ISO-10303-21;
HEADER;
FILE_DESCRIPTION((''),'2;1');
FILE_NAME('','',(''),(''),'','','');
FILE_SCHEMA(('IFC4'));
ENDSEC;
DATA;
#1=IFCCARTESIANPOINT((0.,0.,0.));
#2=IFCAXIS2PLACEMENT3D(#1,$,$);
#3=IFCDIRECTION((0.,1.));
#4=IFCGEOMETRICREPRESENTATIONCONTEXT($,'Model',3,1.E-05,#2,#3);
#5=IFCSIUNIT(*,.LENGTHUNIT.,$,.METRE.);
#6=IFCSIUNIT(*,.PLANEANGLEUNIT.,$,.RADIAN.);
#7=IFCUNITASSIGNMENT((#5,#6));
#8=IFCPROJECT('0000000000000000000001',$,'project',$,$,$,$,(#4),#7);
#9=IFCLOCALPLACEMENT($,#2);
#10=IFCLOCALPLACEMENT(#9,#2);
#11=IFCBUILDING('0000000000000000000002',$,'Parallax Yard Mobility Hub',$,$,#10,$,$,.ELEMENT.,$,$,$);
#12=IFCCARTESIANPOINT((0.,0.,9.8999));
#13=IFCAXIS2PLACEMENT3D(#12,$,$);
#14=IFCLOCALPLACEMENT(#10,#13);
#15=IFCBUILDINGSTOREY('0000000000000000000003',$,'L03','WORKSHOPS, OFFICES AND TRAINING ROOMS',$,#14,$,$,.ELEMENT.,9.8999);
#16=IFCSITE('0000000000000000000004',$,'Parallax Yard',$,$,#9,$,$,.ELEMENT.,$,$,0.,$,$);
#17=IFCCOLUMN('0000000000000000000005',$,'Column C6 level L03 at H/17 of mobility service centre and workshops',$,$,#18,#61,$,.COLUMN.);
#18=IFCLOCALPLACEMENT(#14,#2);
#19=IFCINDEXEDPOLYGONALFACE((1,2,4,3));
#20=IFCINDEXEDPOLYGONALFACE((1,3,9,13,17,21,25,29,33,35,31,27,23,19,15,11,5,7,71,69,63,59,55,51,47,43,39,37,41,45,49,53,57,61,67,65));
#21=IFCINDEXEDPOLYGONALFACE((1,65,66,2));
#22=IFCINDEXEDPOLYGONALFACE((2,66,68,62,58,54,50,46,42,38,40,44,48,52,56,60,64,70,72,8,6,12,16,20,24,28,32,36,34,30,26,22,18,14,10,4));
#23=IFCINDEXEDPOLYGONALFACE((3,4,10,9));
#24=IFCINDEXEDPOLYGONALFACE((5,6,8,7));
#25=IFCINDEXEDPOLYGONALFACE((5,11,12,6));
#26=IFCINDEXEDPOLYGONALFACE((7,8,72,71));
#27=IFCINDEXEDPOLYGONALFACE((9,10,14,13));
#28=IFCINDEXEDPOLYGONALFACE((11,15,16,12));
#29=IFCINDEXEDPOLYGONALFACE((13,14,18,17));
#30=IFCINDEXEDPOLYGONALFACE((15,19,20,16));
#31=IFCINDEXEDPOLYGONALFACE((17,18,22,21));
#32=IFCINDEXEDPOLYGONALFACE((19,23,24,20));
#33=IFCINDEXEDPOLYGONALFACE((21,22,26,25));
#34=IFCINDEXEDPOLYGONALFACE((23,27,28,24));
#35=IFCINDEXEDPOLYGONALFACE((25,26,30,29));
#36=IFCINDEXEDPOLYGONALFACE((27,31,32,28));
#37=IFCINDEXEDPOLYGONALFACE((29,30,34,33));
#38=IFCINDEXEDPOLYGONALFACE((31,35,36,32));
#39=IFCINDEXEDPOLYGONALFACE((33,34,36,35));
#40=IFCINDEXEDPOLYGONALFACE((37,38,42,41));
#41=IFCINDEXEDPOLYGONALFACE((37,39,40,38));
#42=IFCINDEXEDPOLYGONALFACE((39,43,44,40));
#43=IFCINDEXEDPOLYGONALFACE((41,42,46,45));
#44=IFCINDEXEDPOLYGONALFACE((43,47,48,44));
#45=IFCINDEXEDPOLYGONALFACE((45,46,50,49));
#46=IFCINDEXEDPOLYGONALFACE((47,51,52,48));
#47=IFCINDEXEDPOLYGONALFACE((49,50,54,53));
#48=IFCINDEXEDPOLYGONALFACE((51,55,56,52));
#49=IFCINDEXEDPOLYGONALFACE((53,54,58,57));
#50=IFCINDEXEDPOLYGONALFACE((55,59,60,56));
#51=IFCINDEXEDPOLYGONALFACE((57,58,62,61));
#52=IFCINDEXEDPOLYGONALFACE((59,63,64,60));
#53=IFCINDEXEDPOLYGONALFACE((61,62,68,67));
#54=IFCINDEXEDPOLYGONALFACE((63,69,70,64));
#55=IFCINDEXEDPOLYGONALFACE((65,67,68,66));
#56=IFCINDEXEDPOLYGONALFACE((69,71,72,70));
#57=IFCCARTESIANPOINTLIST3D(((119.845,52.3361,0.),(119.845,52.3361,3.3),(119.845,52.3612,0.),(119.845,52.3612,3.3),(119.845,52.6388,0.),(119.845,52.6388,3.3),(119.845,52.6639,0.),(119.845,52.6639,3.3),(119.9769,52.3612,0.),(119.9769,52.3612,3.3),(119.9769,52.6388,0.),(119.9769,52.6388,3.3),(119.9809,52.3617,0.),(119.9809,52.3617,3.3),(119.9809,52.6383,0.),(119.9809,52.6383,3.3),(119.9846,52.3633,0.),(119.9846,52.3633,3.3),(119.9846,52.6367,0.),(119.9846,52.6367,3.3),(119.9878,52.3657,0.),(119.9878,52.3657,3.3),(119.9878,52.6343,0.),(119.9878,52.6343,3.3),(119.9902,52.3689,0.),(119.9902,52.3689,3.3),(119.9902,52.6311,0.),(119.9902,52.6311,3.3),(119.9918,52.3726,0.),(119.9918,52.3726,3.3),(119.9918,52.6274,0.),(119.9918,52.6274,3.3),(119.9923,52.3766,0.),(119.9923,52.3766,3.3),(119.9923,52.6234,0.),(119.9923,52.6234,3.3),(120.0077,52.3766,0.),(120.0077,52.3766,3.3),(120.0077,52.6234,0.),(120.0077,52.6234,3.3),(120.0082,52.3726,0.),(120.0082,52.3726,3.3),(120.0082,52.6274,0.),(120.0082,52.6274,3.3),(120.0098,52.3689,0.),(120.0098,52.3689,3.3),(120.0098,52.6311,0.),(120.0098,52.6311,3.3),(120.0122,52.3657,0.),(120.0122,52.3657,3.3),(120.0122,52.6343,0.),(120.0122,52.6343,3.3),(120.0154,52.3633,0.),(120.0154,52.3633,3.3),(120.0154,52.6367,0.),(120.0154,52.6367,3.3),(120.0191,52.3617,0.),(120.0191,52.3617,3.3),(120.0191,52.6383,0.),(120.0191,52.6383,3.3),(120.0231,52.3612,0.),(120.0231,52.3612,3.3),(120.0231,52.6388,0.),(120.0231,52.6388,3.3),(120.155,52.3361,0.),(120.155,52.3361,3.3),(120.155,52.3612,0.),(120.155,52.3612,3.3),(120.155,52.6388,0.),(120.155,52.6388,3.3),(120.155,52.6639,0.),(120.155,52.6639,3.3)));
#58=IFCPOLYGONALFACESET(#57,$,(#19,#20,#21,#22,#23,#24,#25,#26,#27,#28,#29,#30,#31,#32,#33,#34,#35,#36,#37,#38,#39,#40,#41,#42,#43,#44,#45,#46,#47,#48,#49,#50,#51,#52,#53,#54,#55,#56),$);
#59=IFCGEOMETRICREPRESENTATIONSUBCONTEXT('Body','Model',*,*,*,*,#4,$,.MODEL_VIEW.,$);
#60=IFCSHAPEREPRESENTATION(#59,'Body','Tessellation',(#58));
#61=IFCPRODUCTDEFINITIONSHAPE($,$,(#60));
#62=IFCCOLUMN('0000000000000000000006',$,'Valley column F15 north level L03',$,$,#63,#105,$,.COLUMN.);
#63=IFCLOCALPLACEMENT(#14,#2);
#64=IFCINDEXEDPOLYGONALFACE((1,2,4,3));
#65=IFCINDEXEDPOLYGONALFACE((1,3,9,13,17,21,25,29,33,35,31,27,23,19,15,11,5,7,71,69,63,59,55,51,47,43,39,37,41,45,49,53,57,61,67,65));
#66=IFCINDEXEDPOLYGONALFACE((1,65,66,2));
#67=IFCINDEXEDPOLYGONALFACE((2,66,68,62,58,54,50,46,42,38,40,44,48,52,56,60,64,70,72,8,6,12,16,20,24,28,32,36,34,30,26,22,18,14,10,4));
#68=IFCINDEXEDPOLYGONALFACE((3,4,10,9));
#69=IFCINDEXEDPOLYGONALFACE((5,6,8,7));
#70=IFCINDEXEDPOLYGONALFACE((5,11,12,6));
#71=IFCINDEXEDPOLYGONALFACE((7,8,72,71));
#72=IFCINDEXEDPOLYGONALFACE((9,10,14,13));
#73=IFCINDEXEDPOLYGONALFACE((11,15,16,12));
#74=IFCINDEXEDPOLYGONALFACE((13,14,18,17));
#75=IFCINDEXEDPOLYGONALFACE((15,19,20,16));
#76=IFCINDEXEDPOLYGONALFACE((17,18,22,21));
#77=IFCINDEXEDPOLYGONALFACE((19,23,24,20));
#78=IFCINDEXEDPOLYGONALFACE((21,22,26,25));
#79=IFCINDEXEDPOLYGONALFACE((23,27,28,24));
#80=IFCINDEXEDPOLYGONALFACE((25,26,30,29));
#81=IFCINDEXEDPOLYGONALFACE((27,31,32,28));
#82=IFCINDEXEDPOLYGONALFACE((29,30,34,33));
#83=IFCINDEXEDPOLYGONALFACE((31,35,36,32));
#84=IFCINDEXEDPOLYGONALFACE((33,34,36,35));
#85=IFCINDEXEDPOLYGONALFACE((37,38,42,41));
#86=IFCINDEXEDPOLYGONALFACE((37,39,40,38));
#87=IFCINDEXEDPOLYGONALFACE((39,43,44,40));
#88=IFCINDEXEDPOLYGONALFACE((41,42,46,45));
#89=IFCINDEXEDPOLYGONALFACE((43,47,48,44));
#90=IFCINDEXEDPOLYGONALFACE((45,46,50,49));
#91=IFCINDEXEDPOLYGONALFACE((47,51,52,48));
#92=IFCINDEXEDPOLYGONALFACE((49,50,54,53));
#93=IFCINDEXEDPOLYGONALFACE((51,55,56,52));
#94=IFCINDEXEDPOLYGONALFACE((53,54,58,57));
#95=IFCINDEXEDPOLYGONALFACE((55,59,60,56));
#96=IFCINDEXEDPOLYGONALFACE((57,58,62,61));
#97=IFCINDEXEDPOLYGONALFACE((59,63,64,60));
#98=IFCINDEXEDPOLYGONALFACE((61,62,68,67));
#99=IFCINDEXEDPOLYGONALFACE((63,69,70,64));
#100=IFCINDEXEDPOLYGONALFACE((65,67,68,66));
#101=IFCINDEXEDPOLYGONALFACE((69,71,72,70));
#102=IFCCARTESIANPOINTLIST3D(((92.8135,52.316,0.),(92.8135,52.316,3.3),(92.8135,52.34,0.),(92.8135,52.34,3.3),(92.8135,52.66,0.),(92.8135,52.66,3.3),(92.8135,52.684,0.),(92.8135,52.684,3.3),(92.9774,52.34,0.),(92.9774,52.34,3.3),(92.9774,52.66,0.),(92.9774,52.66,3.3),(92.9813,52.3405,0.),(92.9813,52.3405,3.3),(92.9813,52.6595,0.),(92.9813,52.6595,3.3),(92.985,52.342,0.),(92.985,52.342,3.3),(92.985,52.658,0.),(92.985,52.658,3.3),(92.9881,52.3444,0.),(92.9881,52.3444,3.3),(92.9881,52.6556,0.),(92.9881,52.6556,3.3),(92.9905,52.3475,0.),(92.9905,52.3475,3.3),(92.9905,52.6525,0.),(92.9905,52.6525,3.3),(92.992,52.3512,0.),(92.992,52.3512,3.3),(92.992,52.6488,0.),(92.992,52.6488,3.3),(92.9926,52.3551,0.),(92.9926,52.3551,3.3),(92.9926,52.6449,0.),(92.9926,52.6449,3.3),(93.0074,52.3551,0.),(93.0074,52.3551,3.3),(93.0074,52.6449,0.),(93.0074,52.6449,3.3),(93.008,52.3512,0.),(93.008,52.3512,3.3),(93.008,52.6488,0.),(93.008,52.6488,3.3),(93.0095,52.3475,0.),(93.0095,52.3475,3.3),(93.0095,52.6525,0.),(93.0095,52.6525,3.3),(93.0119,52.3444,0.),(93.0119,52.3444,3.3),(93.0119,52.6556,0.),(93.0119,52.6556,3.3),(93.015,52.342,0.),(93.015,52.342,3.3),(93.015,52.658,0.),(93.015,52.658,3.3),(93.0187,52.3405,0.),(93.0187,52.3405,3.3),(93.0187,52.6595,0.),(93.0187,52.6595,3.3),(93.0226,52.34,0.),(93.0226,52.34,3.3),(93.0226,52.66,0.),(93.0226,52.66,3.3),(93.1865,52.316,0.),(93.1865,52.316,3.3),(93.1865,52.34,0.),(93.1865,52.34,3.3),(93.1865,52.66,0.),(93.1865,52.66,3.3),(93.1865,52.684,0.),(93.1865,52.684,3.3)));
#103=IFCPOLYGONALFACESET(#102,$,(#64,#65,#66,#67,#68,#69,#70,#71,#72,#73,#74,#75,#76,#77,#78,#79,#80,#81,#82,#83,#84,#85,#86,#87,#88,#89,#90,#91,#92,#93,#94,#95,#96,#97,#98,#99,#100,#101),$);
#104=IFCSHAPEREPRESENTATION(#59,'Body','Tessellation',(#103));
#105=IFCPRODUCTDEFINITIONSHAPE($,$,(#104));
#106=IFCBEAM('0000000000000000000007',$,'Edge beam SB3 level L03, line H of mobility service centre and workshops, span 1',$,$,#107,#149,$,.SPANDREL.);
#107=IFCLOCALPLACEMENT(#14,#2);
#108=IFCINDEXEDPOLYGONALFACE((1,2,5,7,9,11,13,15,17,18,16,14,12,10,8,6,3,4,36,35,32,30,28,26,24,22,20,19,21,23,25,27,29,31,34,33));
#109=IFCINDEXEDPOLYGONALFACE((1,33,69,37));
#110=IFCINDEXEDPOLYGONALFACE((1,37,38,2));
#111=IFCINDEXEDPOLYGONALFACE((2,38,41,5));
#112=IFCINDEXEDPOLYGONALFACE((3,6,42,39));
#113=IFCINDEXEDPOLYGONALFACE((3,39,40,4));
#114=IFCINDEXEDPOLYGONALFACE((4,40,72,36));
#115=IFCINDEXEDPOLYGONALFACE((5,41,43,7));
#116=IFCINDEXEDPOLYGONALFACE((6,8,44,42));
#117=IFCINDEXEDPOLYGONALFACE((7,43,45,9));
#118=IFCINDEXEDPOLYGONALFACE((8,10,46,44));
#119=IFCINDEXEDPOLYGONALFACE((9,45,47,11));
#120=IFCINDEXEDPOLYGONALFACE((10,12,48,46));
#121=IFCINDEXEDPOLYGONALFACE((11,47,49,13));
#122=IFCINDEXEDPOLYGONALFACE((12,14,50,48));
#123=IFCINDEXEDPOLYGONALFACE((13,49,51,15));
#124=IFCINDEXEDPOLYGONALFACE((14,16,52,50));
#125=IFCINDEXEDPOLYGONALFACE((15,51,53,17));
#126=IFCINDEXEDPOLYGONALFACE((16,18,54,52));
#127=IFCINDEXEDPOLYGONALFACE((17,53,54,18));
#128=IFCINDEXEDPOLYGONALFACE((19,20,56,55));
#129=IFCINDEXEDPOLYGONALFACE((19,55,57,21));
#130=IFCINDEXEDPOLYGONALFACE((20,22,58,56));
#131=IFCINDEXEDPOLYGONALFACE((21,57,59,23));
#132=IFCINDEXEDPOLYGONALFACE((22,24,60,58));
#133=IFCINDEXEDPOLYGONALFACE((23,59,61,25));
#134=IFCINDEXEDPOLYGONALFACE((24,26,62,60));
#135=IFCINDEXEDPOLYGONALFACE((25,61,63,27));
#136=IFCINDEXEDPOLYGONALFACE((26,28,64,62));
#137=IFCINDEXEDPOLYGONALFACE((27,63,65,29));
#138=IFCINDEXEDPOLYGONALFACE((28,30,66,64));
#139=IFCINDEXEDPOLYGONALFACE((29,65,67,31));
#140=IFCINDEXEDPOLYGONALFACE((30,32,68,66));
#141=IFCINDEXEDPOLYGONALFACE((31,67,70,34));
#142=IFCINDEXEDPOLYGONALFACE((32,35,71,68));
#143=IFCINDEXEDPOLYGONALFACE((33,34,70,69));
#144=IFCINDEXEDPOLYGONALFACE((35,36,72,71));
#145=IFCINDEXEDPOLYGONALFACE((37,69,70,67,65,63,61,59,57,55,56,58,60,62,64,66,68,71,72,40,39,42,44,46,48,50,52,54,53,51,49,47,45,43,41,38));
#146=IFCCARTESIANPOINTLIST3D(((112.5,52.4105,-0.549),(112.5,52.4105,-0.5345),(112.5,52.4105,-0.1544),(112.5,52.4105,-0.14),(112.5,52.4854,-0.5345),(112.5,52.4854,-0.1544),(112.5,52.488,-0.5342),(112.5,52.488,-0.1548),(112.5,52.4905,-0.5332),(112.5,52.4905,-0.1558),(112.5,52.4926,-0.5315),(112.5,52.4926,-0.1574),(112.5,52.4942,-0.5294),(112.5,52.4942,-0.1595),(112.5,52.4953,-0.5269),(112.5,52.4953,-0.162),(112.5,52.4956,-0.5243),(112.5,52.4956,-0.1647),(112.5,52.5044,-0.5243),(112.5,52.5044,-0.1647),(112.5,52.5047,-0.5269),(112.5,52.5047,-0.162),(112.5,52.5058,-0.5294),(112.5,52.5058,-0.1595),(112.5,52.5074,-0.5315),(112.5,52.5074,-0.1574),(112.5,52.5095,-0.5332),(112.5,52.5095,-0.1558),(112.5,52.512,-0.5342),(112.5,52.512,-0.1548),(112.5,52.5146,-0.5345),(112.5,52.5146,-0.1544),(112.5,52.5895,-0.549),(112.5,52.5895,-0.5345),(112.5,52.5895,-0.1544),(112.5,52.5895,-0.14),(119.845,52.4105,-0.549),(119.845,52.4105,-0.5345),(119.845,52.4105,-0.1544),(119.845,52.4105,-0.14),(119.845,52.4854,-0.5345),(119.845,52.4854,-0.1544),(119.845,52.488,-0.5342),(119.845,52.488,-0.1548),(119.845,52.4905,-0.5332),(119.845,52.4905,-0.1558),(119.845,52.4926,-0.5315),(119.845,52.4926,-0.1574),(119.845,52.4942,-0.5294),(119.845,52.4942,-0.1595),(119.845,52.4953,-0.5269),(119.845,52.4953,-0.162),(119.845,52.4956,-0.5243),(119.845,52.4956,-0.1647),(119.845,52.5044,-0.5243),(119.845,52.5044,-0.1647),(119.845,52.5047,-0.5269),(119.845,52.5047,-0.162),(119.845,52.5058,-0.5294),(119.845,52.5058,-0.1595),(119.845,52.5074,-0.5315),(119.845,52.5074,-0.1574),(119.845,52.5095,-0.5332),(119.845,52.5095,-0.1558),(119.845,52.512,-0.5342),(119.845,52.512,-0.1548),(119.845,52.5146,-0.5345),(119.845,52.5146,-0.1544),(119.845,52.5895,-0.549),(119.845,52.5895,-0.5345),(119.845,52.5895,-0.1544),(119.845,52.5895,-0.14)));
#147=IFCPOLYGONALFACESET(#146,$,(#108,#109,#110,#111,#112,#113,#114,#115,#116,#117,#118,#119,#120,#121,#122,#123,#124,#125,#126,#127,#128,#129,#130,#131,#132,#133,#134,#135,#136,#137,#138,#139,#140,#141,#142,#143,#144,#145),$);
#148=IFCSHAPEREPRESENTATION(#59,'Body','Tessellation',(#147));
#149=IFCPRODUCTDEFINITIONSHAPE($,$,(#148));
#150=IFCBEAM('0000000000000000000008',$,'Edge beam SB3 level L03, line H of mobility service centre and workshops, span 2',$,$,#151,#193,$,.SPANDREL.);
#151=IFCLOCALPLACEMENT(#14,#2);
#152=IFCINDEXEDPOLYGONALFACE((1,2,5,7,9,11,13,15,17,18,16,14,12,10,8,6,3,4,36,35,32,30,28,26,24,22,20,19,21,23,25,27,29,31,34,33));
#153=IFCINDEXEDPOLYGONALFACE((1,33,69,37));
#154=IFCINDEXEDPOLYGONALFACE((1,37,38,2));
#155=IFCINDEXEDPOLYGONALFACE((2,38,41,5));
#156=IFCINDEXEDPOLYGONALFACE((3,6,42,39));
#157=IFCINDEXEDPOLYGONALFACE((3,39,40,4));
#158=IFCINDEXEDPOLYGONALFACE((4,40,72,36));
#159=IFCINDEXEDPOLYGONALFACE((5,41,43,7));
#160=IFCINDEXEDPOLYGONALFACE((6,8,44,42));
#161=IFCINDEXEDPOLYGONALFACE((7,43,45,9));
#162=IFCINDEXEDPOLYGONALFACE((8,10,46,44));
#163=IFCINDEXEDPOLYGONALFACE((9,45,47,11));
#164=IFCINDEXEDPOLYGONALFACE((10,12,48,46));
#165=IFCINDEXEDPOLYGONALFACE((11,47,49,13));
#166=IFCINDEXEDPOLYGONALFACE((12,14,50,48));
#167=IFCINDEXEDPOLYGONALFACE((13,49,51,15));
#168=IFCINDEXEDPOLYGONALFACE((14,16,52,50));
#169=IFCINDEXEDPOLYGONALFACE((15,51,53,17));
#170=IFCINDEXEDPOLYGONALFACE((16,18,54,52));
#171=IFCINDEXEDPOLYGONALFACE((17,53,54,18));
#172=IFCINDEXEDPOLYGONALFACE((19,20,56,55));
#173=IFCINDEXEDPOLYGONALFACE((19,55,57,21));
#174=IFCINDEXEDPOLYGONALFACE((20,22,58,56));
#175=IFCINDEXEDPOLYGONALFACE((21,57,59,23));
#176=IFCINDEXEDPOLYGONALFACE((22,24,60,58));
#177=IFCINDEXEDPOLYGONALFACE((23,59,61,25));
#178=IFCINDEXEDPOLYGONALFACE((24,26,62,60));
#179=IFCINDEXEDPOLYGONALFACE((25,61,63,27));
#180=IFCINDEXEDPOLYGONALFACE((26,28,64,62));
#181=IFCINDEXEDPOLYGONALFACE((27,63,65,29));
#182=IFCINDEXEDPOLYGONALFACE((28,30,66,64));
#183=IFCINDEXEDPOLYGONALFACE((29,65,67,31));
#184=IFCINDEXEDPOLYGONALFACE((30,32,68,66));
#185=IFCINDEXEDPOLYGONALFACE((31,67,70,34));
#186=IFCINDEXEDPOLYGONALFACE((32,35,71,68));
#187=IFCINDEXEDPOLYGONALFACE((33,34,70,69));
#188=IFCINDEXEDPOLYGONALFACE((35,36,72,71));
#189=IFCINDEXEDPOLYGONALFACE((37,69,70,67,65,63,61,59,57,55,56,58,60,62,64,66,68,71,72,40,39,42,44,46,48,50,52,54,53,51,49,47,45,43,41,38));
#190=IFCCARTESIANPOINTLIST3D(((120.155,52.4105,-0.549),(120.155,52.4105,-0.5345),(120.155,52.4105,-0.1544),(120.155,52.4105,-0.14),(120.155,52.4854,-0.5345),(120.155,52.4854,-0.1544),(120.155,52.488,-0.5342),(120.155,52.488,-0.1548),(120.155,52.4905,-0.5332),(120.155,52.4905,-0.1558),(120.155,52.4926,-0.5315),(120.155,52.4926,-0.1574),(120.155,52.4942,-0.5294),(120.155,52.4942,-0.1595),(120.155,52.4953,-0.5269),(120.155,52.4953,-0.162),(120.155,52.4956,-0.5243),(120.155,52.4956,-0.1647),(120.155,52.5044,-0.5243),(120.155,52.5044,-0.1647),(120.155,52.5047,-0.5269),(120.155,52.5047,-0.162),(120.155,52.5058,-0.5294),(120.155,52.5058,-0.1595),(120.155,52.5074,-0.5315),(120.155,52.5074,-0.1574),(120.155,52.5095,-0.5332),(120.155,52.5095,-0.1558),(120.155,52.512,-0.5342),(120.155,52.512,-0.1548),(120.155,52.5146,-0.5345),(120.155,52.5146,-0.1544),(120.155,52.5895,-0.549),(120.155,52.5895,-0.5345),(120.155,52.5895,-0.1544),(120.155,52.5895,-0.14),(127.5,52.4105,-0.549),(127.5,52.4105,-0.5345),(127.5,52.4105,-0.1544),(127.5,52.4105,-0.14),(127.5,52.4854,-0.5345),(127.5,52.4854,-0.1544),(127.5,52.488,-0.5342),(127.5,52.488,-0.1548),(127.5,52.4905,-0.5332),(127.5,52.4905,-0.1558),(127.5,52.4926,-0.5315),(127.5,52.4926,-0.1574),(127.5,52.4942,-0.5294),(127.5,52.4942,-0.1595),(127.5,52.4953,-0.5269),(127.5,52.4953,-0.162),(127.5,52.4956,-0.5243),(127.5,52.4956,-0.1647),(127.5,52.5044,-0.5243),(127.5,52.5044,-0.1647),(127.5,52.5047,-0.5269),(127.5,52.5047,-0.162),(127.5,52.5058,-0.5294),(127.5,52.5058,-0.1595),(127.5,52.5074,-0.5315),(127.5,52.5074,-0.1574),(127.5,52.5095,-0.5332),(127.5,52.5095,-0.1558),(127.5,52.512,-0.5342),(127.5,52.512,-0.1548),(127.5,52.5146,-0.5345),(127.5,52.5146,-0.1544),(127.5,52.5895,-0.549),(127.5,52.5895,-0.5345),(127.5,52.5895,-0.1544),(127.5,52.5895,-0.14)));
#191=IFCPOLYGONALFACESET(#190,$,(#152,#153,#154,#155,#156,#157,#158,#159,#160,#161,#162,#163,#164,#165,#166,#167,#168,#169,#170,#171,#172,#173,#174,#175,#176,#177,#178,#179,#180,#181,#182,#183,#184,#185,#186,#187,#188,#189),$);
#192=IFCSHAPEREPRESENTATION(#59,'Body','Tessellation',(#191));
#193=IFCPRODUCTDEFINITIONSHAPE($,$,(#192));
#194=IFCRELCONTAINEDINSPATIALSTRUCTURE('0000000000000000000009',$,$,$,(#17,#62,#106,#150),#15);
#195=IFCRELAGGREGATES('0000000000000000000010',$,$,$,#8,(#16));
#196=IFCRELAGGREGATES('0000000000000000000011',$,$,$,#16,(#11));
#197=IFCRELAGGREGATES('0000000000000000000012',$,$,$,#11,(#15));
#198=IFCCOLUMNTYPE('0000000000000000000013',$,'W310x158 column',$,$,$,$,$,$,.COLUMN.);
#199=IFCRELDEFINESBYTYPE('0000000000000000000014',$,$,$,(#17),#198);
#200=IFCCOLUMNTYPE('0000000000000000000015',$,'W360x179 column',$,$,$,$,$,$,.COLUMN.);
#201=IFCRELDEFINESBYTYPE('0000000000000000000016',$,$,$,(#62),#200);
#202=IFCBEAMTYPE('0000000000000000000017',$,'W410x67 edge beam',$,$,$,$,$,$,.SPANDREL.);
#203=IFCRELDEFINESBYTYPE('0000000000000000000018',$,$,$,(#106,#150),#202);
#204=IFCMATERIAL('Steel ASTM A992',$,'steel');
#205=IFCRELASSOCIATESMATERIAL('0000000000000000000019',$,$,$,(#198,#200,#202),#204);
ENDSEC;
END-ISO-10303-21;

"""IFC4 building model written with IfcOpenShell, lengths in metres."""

from ifc_helpers import new_model, si_unit, direction, frame, origin, origin_2d, place, context, subcontext, project, spatial, i_section, extrude, material, material_profile, profile_set, type_object, element, save


model = new_model("IFC4")

# Units and contexts
model_context = context("Model", 3, precision=1e-05, world=origin(), true_north=direction((0.0, 1.0)))
body_context = subcontext(model_context, "Body", "Model", "MODEL_VIEW")
ifc_project = project(units=[si_unit("LENGTHUNIT", "METRE"), si_unit("PLANEANGLEUNIT", "RADIAN")], contexts=[model_context])

# Site, building, storey
site_placement = place(None, origin())
site = spatial("IfcSite", under=ifc_project, at=site_placement, Name="Parallax Yard", CompositionType="ELEMENT", RefElevation=0.0)
building_placement = place(site_placement, origin())
building = spatial("IfcBuilding", under=site, at=building_placement, Name="Parallax Yard Mobility Hub", CompositionType="ELEMENT")
storey_placement = place(building_placement, frame((0.0, 0.0, 9.8999)))
storey = spatial("IfcBuildingStorey", under=building, at=storey_placement, Name="L03", Description="WORKSHOPS, OFFICES AND TRAINING ROOMS", CompositionType="ELEMENT", Elevation=9.8999)

# Columns
ifc_material_1 = material(Name="Steel ASTM A992", Category="steel")
ifc_material_profile_1 = material_profile(ifc_material_1, i_section(OverallWidth=0.3101, OverallDepth=0.3279, WebThickness=0.0154, FlangeThickness=0.0251, FilletRadius=0.0154, at=origin_2d()), Name="W310x158")
ifc_profile_set_1 = profile_set([ifc_material_profile_1], Name="Steel ASTM A992")
column_type_1 = type_object("IfcColumnType", Name="W310x158 column", PredefinedType="COLUMN", material=ifc_profile_set_1)
column_1_placement = place(storey_placement, frame((120.0, 52.5, 0.0), z_axis=(0.0, 0.0, 1.0), x_axis=(1.0, 0.0, 0.0)))
element("IfcColumn", 1, at=column_1_placement, inside=storey, type_object=column_type_1, Name="Column C6 level L03 at H/17 of mobility service centre and workshops", PredefinedType="COLUMN", context=body_context, shape_type="SweptSolid", body=[
    extrude(i_section(OverallWidth=0.3101, OverallDepth=0.3279, WebThickness=0.0154, FlangeThickness=0.0251, FilletRadius=0.0154, at=origin_2d()), origin(), (0.0, 0.0, 1.0), 3.3),
])
ifc_material_profile_2 = material_profile(ifc_material_1, i_section(OverallWidth=0.373, OverallDepth=0.3679, WebThickness=0.0149, FlangeThickness=0.0239, FilletRadius=0.0151, at=origin_2d()), Name="W360x179")
ifc_profile_set_2 = profile_set([ifc_material_profile_2], Name="Steel ASTM A992")
column_type_2 = type_object("IfcColumnType", Name="W360x179 column", PredefinedType="COLUMN", material=ifc_profile_set_2)
column_2_placement = place(storey_placement, frame((93.0, 52.5, 0.0), z_axis=(0.0, 0.0, 1.0), x_axis=(1.0, 0.0, 0.0)))
element("IfcColumn", 2, at=column_2_placement, inside=storey, type_object=column_type_2, Name="Valley column F15 north level L03", PredefinedType="COLUMN", context=body_context, shape_type="SweptSolid", body=[
    extrude(i_section(OverallWidth=0.373, OverallDepth=0.3679, WebThickness=0.0149, FlangeThickness=0.0239, FilletRadius=0.0151, at=origin_2d()), origin(), (0.0, 0.0, 1.0), 3.3),
])

# Beams
ifc_material_profile_3 = material_profile(ifc_material_1, i_section(OverallWidth=0.179, OverallDepth=0.4089, WebThickness=0.0088, FlangeThickness=0.0144, FilletRadius=0.0103, at=origin_2d()), Name="W410x67")
ifc_profile_set_3 = profile_set([ifc_material_profile_3], Name="Steel ASTM A992")
beam_type = type_object("IfcBeamType", Name="W410x67 edge beam", PredefinedType="SPANDREL", material=ifc_profile_set_3)
for number, where, z_axis, x_axis, name in (
    (3, (112.5, 52.5, -0.3445), (1.0, 0.0, 0.0), (0.0, 1.0, 0.0), "Edge beam SB3 level L03, line H of mobility service centre and workshops, span 1"),
    (4, (120.155, 52.5, -0.3445), (1.0, 0.0, 0.0), (0.0, 1.0, 0.0), "Edge beam SB3 level L03, line H of mobility service centre and workshops, span 2"),
):
    element("IfcBeam", number, at=place(storey_placement, frame(where, z_axis=z_axis, x_axis=x_axis)), inside=storey, type_object=beam_type, Name=name, PredefinedType="SPANDREL", context=body_context, shape_type="SweptSolid", body=[
        extrude(i_section(OverallWidth=0.179, OverallDepth=0.4089, WebThickness=0.0088, FlangeThickness=0.0144, FilletRadius=0.0103, at=origin_2d()), origin(), (0.0, 0.0, 1.0), 7.345),
    ])

save(model, "model.ifc")
